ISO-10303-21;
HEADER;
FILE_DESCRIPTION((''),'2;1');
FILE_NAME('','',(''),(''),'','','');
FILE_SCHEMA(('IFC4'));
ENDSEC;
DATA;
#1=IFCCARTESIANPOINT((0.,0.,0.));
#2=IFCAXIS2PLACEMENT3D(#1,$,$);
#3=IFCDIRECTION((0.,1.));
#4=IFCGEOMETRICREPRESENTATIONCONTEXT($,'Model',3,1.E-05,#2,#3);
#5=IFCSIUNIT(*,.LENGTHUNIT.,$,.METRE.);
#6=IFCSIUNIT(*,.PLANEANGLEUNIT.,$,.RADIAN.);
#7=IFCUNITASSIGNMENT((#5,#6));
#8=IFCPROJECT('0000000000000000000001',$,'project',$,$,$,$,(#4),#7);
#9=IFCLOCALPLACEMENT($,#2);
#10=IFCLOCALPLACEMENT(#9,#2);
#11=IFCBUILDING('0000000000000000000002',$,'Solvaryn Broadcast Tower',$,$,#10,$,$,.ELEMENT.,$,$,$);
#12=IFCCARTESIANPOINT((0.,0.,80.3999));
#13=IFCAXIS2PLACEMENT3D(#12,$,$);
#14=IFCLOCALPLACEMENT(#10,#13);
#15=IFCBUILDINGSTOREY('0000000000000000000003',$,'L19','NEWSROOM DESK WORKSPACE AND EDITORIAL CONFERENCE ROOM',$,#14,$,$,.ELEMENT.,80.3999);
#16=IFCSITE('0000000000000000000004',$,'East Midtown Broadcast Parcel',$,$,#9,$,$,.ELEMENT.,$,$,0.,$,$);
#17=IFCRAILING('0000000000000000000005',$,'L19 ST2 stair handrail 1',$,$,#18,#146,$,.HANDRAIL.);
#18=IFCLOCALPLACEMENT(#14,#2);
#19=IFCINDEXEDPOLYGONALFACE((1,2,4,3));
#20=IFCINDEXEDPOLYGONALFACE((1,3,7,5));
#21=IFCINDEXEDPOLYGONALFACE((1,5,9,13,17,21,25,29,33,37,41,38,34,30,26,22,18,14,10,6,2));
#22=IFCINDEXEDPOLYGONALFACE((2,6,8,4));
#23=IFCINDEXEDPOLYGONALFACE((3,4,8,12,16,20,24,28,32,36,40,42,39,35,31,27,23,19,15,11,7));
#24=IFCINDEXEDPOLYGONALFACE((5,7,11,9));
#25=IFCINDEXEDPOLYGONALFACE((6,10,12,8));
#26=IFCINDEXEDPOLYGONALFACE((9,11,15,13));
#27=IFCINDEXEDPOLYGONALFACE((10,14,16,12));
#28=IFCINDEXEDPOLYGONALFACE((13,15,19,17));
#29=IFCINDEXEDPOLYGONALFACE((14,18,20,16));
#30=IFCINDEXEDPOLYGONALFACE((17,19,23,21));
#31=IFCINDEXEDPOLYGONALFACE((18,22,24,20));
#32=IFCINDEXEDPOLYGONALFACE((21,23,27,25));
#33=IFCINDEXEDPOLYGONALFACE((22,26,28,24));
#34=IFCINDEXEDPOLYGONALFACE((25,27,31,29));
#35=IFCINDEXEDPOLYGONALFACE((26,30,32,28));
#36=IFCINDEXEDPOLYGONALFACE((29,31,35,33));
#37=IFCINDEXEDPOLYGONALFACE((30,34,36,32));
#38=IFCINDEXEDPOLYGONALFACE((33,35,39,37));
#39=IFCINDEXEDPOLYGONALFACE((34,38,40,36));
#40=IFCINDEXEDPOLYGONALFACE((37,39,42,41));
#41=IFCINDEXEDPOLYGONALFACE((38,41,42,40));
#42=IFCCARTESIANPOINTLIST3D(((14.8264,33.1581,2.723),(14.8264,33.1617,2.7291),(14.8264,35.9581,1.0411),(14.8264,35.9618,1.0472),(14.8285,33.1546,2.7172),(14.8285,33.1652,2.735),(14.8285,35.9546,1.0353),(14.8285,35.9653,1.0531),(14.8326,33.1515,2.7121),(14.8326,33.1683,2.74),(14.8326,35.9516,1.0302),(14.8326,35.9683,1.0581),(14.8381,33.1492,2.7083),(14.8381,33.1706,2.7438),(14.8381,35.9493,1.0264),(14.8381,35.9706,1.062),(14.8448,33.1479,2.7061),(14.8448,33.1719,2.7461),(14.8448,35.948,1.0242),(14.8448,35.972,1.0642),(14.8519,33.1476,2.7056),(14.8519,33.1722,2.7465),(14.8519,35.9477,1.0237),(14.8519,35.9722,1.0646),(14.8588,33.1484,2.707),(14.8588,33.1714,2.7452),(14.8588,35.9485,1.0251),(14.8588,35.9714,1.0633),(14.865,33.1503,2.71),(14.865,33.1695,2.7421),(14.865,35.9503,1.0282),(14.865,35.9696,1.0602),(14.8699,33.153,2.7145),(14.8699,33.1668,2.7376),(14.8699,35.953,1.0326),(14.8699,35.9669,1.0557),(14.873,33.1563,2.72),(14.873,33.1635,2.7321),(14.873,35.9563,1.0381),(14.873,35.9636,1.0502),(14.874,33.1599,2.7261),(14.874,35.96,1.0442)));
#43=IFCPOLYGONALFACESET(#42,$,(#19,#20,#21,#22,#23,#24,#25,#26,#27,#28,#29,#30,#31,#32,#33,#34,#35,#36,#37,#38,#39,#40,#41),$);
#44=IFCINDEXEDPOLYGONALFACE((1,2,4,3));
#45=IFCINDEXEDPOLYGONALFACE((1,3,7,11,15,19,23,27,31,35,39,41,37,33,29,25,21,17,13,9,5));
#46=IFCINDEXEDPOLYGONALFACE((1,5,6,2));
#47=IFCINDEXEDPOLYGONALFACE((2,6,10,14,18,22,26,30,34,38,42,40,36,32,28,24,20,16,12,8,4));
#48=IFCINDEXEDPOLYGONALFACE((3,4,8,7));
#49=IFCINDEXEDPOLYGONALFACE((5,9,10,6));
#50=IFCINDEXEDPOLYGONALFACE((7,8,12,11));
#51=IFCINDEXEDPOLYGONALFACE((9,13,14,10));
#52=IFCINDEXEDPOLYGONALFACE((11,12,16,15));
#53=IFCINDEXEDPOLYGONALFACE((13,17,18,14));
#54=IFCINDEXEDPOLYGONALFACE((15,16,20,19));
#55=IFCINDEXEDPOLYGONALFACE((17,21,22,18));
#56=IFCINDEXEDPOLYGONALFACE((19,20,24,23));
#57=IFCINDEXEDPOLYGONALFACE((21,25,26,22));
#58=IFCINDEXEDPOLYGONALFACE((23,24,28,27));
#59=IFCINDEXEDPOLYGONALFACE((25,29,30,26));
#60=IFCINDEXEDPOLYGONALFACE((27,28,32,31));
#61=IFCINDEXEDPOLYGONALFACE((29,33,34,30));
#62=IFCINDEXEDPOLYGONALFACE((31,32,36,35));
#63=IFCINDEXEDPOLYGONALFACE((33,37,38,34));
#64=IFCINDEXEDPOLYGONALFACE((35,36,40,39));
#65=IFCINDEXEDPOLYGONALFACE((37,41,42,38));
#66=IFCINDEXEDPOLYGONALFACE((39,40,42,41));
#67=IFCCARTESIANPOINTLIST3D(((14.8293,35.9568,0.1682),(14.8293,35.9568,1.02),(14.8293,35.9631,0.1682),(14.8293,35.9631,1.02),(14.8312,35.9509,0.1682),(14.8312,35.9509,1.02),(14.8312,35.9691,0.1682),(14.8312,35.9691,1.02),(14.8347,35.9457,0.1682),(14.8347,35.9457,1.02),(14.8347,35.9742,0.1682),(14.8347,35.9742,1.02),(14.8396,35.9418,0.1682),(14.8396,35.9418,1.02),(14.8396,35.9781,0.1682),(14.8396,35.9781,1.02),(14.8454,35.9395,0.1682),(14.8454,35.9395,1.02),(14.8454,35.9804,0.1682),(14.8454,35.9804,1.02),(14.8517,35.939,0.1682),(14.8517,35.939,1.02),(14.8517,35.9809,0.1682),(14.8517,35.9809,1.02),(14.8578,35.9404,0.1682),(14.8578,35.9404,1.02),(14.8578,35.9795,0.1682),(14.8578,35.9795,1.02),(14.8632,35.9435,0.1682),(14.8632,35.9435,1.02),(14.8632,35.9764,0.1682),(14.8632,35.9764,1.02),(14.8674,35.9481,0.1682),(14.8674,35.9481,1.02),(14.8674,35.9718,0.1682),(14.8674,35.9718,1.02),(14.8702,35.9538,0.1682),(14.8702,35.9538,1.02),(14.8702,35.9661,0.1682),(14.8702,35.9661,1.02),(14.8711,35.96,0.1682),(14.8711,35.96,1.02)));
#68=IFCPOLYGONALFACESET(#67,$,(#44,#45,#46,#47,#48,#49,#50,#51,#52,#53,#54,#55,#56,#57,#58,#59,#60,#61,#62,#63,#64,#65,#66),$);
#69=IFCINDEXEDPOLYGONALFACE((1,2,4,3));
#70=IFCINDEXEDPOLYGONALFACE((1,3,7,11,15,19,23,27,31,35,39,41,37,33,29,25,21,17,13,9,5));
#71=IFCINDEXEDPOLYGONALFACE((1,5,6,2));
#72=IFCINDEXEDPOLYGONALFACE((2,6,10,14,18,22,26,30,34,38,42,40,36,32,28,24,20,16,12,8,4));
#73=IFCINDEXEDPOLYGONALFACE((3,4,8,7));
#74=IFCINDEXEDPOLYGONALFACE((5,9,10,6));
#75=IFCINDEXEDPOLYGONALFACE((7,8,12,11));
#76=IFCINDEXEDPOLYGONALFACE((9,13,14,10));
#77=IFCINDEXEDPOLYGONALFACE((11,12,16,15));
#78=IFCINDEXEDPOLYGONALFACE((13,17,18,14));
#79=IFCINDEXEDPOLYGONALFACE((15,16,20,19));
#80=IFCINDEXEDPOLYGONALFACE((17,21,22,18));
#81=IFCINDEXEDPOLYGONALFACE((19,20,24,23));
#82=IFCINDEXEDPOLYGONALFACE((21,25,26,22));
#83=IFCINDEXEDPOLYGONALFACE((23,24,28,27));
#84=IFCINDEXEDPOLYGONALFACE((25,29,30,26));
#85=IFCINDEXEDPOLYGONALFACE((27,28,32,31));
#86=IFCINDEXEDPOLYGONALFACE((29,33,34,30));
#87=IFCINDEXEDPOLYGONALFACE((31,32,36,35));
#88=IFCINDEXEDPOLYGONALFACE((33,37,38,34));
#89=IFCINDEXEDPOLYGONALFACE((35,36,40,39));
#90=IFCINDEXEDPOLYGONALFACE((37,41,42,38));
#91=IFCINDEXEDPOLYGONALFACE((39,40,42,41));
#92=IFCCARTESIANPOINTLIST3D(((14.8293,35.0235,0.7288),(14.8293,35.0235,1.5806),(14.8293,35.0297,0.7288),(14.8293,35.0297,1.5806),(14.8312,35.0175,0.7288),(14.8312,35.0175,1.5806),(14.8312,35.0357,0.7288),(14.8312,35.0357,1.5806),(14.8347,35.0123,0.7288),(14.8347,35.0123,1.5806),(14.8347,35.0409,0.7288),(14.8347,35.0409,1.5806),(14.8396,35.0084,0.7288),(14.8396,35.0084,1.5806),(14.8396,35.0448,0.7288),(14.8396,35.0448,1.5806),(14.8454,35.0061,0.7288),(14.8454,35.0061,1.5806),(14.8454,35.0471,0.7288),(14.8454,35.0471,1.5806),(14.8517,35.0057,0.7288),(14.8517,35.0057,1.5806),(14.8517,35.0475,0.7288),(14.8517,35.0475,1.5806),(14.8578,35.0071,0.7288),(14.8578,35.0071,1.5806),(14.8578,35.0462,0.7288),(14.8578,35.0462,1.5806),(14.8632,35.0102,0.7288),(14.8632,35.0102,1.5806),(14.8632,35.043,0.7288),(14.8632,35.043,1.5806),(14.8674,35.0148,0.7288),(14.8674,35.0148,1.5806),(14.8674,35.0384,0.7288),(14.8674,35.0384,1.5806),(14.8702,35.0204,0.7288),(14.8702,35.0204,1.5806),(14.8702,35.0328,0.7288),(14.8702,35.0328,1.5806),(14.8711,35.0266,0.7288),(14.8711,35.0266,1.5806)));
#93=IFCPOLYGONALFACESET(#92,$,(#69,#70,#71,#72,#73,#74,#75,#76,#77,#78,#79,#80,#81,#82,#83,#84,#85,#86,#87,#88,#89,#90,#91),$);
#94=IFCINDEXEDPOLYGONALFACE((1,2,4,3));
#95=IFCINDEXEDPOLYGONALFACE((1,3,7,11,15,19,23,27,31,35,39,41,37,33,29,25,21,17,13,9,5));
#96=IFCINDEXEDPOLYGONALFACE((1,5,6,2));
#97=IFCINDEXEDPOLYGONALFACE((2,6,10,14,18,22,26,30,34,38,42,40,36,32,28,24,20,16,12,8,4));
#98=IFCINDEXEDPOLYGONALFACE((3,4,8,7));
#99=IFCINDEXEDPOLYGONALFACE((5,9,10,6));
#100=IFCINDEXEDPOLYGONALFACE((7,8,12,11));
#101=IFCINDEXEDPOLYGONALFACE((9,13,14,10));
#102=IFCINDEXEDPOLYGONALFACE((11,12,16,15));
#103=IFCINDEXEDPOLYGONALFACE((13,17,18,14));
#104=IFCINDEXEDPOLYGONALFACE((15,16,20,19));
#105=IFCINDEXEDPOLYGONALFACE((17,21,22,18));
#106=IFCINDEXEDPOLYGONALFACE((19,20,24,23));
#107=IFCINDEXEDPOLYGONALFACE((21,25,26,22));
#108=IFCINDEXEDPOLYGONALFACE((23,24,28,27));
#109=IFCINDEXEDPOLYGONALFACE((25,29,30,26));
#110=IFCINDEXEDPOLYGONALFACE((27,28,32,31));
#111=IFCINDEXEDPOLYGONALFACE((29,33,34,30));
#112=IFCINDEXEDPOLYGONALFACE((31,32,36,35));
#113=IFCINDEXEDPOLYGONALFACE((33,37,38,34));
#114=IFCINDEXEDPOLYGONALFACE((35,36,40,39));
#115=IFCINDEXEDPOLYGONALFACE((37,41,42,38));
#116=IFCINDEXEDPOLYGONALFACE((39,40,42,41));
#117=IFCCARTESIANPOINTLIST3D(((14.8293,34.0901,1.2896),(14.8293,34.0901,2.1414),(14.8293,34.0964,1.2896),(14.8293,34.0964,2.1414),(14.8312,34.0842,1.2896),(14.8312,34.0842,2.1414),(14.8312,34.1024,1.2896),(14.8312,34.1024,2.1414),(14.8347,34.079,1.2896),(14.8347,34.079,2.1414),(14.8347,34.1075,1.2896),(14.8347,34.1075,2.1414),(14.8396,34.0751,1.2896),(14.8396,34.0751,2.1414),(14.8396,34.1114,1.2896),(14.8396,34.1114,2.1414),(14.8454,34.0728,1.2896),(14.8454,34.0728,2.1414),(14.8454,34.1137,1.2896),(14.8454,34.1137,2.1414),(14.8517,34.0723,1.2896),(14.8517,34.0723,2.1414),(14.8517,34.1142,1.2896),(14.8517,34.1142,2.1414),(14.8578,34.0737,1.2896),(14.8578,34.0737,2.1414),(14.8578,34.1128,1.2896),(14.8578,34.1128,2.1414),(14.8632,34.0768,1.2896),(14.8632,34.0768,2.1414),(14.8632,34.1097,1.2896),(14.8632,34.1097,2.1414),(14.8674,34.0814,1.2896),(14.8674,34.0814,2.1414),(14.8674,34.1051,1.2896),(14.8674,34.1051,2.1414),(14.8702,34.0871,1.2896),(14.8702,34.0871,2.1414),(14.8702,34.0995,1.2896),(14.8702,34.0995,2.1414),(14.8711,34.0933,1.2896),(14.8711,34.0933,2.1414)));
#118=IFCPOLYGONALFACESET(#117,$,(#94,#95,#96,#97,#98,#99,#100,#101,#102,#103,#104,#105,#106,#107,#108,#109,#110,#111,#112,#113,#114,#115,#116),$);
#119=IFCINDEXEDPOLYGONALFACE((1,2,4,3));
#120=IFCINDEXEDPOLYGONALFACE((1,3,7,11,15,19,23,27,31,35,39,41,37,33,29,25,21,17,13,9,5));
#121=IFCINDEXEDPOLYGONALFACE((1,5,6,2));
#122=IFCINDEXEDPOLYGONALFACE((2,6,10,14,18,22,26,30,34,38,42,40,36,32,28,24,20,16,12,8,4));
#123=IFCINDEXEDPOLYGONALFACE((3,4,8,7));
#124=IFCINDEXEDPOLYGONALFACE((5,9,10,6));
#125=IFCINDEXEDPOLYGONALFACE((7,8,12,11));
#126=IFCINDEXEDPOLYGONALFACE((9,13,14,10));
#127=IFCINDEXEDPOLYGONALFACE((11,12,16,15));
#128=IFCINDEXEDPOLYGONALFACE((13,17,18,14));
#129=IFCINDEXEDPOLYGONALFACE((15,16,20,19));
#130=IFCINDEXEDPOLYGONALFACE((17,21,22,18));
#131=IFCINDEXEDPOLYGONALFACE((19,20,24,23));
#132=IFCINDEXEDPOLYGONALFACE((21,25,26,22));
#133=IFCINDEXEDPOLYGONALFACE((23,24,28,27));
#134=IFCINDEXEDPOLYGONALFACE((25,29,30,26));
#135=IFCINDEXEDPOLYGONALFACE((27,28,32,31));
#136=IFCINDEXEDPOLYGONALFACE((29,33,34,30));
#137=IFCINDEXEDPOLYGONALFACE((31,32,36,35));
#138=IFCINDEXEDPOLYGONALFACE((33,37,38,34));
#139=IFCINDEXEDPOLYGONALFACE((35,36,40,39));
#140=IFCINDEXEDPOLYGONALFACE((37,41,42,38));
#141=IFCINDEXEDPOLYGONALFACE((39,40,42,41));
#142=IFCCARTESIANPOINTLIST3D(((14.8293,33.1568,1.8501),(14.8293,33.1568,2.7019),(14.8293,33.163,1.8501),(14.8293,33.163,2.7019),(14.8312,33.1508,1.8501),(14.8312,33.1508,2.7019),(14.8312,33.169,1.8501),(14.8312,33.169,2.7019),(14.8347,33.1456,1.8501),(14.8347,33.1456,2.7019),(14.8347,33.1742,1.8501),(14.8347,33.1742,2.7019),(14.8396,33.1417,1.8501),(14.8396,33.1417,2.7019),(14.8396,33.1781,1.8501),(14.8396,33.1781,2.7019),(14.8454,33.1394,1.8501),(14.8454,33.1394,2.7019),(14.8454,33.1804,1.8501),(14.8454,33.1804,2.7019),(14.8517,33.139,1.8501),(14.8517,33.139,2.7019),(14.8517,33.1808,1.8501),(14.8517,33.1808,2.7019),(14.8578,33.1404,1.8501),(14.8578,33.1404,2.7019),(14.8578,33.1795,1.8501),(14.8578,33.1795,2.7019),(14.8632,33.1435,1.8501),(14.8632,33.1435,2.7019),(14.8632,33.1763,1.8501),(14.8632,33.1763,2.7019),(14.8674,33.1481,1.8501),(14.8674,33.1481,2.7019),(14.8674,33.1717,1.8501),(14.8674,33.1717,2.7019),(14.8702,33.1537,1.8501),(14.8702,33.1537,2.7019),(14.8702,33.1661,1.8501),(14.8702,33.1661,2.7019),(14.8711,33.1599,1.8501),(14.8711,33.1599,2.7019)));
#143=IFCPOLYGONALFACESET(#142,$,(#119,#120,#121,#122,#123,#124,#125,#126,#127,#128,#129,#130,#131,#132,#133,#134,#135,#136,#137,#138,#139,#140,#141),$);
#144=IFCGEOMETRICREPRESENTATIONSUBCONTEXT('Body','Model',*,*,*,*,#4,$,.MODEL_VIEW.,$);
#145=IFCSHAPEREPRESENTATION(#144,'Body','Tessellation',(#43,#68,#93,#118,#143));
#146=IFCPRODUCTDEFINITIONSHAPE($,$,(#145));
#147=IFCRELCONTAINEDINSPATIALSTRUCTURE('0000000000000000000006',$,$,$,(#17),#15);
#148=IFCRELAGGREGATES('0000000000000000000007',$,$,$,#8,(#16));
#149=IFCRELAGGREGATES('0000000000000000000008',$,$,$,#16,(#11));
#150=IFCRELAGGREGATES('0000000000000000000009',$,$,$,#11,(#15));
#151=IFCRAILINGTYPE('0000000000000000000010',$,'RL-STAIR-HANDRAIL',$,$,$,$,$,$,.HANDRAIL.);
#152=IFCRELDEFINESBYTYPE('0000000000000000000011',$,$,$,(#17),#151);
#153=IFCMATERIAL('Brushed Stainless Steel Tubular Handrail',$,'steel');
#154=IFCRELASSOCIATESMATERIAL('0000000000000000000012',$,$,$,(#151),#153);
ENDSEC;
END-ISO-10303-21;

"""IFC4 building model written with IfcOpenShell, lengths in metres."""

from ifc_helpers import new_model, si_unit, direction, frame, origin, origin_2d, place, context, subcontext, project, spatial, circle, extrude, material, type_object, element, save


model = new_model("IFC4")

# Units and contexts
model_context = context("Model", 3, precision=1e-05, world=origin(), true_north=direction((0.0, 1.0)))
body_context = subcontext(model_context, "Body", "Model", "MODEL_VIEW")
ifc_project = project(units=[si_unit("LENGTHUNIT", "METRE"), si_unit("PLANEANGLEUNIT", "RADIAN")], contexts=[model_context])

# Site, building, storey
site_placement = place(None, origin())
site = spatial("IfcSite", under=ifc_project, at=site_placement, Name="East Midtown Broadcast Parcel", CompositionType="ELEMENT", RefElevation=0.0)
building_placement = place(site_placement, origin())
building = spatial("IfcBuilding", under=site, at=building_placement, Name="Solvaryn Broadcast Tower", CompositionType="ELEMENT")
storey_placement = place(building_placement, frame((0.0, 0.0, 80.3999)))
storey = spatial("IfcBuildingStorey", under=building, at=storey_placement, Name="L19", Description="NEWSROOM DESK WORKSPACE AND EDITORIAL CONFERENCE ROOM", CompositionType="ELEMENT", Elevation=80.3999)

# Railing
ifc_material_1 = material(Name="Brushed Stainless Steel Tubular Handrail", Category="steel")
railing_type_1 = type_object("IfcRailingType", Name="RL-STAIR-HANDRAIL", PredefinedType="HANDRAIL", material=ifc_material_1)
railing_1_placement = place(storey_placement, frame((14.8501, 35.96, 0.1682)))
element("IfcRailing", 1, at=railing_1_placement, inside=storey, type_object=railing_type_1, Name="L19 ST2 stair handrail 1", PredefinedType="HANDRAIL", context=body_context, shape_type="SweptSolid", body=[
    extrude(circle(Radius=0.0239, at=origin_2d()), frame((0.0, 0.0, 0.876), z_axis=(0.0, -0.857242, 0.514913), x_axis=(1.0, 0.0, 0.0)), (0.0, 0.0, 1.0), 3.2664),
    extrude(circle(Radius=0.021, at=origin_2d()), origin(), (0.0, 0.0, 1.0), 0.8518),
    extrude(circle(Radius=0.021, at=origin_2d()), frame((0.0, -0.9333, 0.5605)), (0.0, 0.0, 1.0), 0.8518),
    extrude(circle(Radius=0.021, at=origin_2d()), frame((0.0, -1.8667, 1.1213)), (0.0, 0.0, 1.0), 0.8518),
    extrude(circle(Radius=0.021, at=origin_2d()), frame((0.0, -2.8, 1.6819)), (0.0, 0.0, 1.0), 0.8518),
])

save(model, "model.ifc")
